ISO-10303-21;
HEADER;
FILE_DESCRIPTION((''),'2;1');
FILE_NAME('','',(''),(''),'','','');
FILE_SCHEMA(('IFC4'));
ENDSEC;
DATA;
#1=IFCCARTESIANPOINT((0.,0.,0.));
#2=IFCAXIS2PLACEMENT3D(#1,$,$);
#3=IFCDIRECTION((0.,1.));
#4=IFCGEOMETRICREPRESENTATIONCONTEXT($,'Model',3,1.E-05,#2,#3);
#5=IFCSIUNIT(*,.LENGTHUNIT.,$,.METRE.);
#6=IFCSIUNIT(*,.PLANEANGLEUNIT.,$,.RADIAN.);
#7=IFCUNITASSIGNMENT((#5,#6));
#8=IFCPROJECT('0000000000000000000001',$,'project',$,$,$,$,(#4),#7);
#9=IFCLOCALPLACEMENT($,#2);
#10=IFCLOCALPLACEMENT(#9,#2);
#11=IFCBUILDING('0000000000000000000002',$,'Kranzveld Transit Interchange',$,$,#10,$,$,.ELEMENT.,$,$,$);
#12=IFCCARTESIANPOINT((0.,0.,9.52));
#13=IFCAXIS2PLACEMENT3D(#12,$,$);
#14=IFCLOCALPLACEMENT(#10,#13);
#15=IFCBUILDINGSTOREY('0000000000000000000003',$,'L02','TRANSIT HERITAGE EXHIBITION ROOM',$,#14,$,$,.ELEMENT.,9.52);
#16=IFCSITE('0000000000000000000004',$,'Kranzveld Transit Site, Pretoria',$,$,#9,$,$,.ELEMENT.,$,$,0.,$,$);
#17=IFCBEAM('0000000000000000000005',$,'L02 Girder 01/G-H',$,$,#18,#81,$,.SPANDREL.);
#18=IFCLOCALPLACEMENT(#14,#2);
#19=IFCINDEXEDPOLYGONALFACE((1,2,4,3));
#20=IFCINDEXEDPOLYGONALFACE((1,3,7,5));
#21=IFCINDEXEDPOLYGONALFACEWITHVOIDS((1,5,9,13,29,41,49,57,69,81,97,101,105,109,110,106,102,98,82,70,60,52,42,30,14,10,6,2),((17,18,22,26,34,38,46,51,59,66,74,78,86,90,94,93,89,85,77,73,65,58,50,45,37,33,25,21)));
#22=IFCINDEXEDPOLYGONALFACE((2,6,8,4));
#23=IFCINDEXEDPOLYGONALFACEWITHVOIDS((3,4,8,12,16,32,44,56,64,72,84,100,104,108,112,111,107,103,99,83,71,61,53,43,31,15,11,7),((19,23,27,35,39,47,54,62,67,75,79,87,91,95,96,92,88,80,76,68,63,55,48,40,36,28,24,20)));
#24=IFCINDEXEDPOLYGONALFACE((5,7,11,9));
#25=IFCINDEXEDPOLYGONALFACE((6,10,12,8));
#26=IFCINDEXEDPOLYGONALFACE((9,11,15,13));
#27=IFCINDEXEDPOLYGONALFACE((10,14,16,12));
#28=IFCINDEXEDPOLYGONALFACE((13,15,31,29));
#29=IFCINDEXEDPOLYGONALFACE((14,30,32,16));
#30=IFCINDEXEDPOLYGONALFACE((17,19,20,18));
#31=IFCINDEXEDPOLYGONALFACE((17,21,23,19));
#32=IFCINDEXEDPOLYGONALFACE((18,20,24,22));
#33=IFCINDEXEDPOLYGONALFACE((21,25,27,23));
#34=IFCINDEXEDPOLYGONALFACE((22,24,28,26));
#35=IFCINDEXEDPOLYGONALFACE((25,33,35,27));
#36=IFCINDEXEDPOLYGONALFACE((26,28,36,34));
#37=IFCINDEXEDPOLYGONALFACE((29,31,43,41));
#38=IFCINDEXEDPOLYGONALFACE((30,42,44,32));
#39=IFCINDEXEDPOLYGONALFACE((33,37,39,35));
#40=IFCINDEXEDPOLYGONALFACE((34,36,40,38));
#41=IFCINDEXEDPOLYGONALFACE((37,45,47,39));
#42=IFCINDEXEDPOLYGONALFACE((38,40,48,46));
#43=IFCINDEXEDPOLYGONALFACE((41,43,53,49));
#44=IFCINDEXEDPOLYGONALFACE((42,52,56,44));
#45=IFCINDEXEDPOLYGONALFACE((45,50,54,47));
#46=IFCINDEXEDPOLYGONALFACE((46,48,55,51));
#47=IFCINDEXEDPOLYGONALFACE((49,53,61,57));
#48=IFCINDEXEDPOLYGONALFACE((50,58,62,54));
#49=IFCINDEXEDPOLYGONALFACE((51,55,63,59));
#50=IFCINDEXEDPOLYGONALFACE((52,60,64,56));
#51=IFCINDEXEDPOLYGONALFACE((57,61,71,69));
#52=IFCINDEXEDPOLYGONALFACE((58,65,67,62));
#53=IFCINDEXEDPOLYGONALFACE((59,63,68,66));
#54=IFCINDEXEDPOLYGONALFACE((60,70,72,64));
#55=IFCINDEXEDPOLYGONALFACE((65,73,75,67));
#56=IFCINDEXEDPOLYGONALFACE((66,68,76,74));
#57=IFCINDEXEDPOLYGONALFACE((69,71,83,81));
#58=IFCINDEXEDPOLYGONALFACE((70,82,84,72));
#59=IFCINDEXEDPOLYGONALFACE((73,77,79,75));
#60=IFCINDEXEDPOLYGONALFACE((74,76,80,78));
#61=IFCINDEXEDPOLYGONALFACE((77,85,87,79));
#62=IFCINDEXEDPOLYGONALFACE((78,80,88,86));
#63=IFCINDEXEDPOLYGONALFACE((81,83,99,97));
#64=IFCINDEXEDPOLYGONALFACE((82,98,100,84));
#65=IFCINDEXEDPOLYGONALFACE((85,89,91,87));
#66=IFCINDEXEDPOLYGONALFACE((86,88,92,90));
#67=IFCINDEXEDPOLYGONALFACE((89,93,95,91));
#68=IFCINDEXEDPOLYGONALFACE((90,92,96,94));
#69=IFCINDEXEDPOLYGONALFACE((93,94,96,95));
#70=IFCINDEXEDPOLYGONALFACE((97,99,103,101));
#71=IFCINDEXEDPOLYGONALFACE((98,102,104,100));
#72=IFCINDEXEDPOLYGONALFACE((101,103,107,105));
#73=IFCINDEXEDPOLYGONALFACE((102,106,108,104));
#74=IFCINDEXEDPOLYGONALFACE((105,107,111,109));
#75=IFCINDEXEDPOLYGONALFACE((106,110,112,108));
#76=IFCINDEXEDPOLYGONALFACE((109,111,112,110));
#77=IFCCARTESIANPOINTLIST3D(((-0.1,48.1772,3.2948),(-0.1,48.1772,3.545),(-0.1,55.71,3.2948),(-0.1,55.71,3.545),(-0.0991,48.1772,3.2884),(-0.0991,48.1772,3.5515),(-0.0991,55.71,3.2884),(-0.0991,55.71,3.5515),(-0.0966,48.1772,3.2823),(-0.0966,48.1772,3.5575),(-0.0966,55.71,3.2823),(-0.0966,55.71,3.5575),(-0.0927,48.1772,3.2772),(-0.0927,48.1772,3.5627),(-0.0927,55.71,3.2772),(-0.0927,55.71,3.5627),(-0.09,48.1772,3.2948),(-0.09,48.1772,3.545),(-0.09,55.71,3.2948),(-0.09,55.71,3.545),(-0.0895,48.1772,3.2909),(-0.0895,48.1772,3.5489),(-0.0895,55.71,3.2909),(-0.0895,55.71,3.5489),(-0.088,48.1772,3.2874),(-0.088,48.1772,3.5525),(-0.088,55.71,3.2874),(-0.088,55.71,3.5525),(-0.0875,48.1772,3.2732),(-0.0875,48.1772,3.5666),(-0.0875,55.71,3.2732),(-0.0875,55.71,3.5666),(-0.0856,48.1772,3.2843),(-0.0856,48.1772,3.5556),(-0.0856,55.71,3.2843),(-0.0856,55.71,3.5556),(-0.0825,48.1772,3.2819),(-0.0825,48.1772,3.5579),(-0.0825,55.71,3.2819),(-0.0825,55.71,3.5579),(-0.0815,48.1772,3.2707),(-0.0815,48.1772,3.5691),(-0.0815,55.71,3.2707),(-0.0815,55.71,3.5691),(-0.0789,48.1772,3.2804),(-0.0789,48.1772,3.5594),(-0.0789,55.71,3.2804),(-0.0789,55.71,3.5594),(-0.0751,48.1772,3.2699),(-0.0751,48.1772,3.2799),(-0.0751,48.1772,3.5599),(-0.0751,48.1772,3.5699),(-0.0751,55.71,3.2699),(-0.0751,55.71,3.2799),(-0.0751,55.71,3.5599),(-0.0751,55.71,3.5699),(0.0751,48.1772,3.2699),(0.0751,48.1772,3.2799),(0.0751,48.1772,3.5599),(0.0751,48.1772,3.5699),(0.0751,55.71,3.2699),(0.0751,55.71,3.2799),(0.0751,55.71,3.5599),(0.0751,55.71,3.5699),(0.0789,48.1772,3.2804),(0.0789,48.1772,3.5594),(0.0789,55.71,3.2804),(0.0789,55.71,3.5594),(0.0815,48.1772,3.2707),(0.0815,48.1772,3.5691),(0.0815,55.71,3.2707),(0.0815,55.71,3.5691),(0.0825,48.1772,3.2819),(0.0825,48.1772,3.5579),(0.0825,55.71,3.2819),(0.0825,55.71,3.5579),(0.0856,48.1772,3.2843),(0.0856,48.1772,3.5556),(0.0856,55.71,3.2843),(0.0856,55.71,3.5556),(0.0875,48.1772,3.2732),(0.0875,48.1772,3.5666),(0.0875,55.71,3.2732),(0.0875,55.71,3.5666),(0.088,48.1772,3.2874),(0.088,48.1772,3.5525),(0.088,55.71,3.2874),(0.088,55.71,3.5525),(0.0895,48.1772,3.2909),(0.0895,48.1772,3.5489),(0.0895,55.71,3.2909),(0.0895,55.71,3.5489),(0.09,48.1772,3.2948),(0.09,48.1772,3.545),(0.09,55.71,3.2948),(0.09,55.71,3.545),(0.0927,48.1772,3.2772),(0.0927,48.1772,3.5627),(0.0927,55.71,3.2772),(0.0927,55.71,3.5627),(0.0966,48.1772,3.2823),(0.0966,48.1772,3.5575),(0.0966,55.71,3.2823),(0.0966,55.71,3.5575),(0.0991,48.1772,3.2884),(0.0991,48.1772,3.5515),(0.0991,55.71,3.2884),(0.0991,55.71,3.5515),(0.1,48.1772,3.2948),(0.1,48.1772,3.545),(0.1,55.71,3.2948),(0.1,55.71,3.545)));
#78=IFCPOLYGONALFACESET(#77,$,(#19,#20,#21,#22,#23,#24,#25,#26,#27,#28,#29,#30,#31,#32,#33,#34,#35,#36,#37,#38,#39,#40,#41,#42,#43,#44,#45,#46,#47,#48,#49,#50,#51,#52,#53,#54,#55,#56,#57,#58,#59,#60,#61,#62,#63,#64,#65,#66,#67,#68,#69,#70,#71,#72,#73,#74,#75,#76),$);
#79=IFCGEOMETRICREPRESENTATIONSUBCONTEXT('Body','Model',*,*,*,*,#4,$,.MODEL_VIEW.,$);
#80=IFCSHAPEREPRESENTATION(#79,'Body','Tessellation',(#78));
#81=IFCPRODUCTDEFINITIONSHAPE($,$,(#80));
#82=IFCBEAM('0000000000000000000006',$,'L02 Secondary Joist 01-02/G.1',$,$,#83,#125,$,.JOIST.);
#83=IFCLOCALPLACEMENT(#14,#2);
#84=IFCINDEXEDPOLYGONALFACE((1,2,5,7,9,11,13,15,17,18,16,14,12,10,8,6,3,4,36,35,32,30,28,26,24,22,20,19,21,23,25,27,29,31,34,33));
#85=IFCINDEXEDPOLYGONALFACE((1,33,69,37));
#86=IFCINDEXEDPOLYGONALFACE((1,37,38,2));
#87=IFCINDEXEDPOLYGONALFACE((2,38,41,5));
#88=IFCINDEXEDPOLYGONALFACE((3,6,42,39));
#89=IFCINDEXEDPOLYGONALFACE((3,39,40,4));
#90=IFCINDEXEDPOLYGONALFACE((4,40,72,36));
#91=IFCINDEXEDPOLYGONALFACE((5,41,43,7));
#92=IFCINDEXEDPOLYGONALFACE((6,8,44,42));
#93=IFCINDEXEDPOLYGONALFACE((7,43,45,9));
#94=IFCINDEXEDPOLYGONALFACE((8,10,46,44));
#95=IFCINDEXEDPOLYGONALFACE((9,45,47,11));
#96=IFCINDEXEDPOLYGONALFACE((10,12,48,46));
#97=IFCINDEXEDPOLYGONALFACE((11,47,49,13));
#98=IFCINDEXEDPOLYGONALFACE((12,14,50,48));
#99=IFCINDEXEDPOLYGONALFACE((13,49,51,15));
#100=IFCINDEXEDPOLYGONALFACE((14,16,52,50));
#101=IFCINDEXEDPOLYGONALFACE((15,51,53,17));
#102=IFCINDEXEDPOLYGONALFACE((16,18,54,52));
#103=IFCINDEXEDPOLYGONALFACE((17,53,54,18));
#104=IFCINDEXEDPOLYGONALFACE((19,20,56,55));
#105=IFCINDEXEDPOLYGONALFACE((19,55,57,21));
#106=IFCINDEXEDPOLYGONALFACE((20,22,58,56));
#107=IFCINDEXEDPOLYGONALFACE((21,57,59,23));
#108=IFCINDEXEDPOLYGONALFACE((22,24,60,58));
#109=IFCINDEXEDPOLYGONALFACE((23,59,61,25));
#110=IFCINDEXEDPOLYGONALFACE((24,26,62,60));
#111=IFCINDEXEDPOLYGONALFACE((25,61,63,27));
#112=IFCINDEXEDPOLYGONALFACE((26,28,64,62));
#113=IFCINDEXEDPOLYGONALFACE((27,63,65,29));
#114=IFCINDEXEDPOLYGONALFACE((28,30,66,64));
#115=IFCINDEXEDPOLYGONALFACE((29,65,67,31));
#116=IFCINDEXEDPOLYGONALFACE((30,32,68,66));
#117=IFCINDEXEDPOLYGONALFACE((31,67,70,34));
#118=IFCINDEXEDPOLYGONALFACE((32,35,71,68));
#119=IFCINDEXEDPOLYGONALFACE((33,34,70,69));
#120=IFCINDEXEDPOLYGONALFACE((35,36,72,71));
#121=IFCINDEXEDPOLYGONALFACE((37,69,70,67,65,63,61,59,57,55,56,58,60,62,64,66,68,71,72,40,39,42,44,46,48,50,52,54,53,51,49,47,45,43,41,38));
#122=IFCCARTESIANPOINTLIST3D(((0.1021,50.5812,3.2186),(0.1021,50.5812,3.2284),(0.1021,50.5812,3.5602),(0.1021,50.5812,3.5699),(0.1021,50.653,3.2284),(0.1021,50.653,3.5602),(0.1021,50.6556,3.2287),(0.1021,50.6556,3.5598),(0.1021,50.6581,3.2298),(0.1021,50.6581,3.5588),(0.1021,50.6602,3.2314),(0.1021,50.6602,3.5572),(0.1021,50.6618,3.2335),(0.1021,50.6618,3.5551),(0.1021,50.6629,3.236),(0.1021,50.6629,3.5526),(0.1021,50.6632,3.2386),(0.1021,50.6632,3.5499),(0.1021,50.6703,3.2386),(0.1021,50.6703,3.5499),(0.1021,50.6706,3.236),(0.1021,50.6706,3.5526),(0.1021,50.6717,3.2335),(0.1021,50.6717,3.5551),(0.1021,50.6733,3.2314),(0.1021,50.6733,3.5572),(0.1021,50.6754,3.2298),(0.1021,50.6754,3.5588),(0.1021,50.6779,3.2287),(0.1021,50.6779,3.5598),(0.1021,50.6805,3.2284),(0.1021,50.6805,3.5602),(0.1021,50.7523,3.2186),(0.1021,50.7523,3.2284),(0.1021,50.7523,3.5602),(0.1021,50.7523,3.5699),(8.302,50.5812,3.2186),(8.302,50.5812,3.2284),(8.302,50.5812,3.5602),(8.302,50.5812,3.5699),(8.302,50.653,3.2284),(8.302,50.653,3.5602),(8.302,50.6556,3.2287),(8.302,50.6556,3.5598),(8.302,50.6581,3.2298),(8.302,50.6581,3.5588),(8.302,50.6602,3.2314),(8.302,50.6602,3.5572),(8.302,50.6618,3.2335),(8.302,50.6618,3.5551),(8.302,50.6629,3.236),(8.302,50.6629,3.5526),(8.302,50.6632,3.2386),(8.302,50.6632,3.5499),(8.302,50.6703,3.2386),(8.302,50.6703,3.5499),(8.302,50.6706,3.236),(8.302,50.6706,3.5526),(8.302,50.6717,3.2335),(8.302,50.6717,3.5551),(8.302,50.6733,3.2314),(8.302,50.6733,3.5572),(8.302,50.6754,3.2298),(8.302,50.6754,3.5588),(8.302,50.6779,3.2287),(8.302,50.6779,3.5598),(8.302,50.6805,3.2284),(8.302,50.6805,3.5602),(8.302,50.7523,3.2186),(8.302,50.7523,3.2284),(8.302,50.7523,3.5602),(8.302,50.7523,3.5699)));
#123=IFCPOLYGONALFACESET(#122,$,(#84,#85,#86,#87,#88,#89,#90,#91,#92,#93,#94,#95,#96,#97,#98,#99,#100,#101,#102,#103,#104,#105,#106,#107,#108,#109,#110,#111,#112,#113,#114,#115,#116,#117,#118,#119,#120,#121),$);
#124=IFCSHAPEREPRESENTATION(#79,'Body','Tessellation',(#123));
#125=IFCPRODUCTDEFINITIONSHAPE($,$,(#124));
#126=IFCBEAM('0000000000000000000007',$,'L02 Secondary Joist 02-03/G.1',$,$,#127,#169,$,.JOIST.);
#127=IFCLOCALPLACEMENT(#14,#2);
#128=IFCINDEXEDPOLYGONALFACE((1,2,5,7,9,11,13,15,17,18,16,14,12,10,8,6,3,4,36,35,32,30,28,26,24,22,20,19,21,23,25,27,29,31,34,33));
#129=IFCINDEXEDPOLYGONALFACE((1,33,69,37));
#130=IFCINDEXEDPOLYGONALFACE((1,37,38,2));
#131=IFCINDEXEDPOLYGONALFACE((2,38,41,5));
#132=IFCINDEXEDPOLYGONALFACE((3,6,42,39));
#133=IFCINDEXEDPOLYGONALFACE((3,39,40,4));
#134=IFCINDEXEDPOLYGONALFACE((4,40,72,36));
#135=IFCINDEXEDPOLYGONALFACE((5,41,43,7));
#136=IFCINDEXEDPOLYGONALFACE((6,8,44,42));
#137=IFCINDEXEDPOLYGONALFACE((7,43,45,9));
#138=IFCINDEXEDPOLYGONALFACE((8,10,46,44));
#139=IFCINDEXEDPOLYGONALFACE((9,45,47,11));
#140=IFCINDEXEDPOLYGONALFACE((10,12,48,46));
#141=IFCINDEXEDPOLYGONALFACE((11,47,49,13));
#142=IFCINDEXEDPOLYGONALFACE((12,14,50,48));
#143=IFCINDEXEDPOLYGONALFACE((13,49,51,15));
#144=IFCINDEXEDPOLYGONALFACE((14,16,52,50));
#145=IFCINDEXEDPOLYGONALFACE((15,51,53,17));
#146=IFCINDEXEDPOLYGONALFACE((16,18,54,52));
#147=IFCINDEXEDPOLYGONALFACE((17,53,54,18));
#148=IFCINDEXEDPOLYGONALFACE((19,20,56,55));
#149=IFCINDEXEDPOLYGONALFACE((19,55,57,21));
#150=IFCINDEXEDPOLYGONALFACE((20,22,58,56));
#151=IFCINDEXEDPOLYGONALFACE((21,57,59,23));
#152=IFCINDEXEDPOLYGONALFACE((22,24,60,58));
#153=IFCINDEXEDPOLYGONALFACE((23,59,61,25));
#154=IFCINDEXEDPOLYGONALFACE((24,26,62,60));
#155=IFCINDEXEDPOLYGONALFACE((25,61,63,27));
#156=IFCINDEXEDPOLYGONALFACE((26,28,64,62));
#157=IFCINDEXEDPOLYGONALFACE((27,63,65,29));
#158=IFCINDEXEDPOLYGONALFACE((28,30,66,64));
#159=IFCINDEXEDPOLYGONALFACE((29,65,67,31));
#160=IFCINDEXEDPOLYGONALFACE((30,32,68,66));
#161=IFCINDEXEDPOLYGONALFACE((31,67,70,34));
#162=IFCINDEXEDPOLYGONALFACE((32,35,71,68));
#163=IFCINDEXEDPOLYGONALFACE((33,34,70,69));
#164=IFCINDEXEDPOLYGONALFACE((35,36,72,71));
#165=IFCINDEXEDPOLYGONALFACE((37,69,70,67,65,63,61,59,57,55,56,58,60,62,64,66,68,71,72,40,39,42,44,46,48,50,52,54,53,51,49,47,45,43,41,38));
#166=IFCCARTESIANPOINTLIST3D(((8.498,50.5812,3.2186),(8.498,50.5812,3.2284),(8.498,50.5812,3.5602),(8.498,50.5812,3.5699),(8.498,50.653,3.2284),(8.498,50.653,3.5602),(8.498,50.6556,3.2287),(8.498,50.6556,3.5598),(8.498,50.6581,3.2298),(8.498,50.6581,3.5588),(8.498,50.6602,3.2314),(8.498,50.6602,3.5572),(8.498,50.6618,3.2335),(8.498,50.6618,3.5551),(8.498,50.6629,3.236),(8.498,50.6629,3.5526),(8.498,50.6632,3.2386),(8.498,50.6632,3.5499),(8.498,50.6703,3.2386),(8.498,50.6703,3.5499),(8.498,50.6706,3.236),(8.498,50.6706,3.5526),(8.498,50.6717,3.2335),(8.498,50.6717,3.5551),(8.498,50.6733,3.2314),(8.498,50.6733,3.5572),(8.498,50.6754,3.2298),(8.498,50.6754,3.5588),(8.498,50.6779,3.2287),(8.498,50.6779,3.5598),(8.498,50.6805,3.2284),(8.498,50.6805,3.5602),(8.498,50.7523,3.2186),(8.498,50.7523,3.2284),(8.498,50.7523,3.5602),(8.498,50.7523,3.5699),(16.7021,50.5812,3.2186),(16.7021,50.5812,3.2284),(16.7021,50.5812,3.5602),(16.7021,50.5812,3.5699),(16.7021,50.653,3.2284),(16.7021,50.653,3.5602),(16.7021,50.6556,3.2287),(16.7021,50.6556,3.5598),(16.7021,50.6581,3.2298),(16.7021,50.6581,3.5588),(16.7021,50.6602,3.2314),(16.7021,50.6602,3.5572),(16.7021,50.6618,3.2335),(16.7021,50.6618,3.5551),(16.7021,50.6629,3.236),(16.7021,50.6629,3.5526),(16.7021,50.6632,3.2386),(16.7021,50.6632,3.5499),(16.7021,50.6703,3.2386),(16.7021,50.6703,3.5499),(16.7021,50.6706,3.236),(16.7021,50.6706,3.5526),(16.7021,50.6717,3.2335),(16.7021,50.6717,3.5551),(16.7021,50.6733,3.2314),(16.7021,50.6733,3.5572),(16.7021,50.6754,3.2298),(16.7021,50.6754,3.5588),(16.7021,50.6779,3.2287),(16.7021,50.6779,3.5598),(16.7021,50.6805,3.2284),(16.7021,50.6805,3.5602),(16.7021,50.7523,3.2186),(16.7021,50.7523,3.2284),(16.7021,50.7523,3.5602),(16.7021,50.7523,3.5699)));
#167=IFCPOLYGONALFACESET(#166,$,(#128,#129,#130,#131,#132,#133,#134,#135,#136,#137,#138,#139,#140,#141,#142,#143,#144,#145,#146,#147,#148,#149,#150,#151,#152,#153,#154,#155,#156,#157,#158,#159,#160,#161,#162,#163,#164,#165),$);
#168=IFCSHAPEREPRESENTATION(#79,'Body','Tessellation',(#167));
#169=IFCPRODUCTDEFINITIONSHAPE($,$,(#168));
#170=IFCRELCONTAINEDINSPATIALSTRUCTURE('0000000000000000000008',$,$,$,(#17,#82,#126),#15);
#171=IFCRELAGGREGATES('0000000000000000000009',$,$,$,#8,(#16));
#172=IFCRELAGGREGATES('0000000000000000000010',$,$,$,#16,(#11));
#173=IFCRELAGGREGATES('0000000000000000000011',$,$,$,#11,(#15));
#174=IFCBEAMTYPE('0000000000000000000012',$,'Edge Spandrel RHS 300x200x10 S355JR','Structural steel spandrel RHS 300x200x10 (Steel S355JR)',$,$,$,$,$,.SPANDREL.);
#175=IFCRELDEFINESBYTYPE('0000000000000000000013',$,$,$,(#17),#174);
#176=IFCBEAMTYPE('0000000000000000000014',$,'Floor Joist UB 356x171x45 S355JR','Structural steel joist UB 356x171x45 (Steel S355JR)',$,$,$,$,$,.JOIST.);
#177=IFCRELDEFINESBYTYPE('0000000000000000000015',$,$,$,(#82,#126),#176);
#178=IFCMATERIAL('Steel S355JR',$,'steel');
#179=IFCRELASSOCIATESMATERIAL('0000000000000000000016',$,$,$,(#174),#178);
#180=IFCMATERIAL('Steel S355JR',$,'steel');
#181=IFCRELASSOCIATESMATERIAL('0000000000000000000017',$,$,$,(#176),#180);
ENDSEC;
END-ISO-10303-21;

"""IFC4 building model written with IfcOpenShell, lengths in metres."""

from ifc_helpers import new_model, si_unit, direction, frame, origin, origin_2d, place, context, subcontext, project, spatial, hollow_rectangle, i_section, extrude, material, material_profile, profile_set, type_object, element, save


model = new_model("IFC4")

# Units and contexts
model_context = context("Model", 3, precision=1e-05, world=origin(), true_north=direction((0.0, 1.0)))
body_context = subcontext(model_context, "Body", "Model", "MODEL_VIEW")
ifc_project = project(units=[si_unit("LENGTHUNIT", "METRE"), si_unit("PLANEANGLEUNIT", "RADIAN")], contexts=[model_context])

# Site, building, storey
site_placement = place(None, origin())
site = spatial("IfcSite", under=ifc_project, at=site_placement, Name="Kranzveld Transit Site, Pretoria", CompositionType="ELEMENT", RefElevation=0.0)
building_placement = place(site_placement, origin())
building = spatial("IfcBuilding", under=site, at=building_placement, Name="Kranzveld Transit Interchange", CompositionType="ELEMENT")
storey_placement = place(building_placement, frame((0.0, 0.0, 9.52)))
storey = spatial("IfcBuildingStorey", under=building, at=storey_placement, Name="L02", Description="TRANSIT HERITAGE EXHIBITION ROOM", CompositionType="ELEMENT", Elevation=9.52)

# Beams
ifc_material_1 = material(Name="Steel S355JR", Category="steel")
ifc_material_profile_1 = material_profile(ifc_material_1, hollow_rectangle(XDim=0.2, YDim=0.3, WallThickness=0.01, InnerFilletRadius=0.0149, OuterFilletRadius=0.0249, at=origin_2d()), Name="RHS 300x200x10")
ifc_profile_set_1 = profile_set([ifc_material_profile_1], Name="Steel S355JR")
beam_type_1 = type_object("IfcBeamType", Name="Edge Spandrel RHS 300x200x10 S355JR", Description="Structural steel spandrel RHS 300x200x10 (Steel S355JR)", PredefinedType="SPANDREL", material=ifc_profile_set_1)
beam_1_placement = place(storey_placement, frame((0.0, 48.1772, 3.4199), z_axis=(0.0, 1.0, 0.0), x_axis=(-1.0, 0.0, 0.0)))
element("IfcBeam", 1, at=beam_1_placement, inside=storey, type_object=beam_type_1, Name="L02 Girder 01/G-H", PredefinedType="SPANDREL", context=body_context, shape_type="SweptSolid", body=[
    extrude(hollow_rectangle(XDim=0.2, YDim=0.3, WallThickness=0.01, InnerFilletRadius=0.0149, OuterFilletRadius=0.0249, at=origin_2d()), origin(), (0.0, 0.0, 1.0), 7.5327),
])
ifc_material_2 = material(Name="Steel S355JR", Category="steel")
ifc_material_profile_2 = material_profile(ifc_material_2, i_section(OverallWidth=0.1711, OverallDepth=0.3513, WebThickness=0.0071, FlangeThickness=0.0098, FilletRadius=0.0103, at=origin_2d()), Name="UB 356x171x45")
ifc_profile_set_2 = profile_set([ifc_material_profile_2], Name="Steel S355JR")
beam_type_2 = type_object("IfcBeamType", Name="Floor Joist UB 356x171x45 S355JR", Description="Structural steel joist UB 356x171x45 (Steel S355JR)", PredefinedType="JOIST", material=ifc_profile_set_2)
beam_2_placement = place(storey_placement, frame((0.1021, 50.6667, 3.3943), z_axis=(1.0, 0.0, 0.0), x_axis=(0.0, 1.0, 0.0)))
element("IfcBeam", 2, at=beam_2_placement, inside=storey, type_object=beam_type_2, Name="L02 Secondary Joist 01-02/G.1", PredefinedType="JOIST", context=body_context, shape_type="SweptSolid", body=[
    extrude(i_section(OverallWidth=0.1711, OverallDepth=0.3513, WebThickness=0.0071, FlangeThickness=0.0098, FilletRadius=0.0103, at=origin_2d()), origin(), (0.0, 0.0, 1.0), 8.2),
])
beam_3_placement = place(storey_placement, frame((8.498, 50.6667, 3.3943), z_axis=(1.0, 0.0, 0.0), x_axis=(0.0, 1.0, 0.0)))
element("IfcBeam", 3, at=beam_3_placement, inside=storey, type_object=beam_type_2, Name="L02 Secondary Joist 02-03/G.1", PredefinedType="JOIST", context=body_context, shape_type="SweptSolid", body=[
    extrude(i_section(OverallWidth=0.1711, OverallDepth=0.3513, WebThickness=0.0071, FlangeThickness=0.0098, FilletRadius=0.0103, at=origin_2d()), origin(), (0.0, 0.0, 1.0), 8.2041),
])

save(model, "model.ifc")
